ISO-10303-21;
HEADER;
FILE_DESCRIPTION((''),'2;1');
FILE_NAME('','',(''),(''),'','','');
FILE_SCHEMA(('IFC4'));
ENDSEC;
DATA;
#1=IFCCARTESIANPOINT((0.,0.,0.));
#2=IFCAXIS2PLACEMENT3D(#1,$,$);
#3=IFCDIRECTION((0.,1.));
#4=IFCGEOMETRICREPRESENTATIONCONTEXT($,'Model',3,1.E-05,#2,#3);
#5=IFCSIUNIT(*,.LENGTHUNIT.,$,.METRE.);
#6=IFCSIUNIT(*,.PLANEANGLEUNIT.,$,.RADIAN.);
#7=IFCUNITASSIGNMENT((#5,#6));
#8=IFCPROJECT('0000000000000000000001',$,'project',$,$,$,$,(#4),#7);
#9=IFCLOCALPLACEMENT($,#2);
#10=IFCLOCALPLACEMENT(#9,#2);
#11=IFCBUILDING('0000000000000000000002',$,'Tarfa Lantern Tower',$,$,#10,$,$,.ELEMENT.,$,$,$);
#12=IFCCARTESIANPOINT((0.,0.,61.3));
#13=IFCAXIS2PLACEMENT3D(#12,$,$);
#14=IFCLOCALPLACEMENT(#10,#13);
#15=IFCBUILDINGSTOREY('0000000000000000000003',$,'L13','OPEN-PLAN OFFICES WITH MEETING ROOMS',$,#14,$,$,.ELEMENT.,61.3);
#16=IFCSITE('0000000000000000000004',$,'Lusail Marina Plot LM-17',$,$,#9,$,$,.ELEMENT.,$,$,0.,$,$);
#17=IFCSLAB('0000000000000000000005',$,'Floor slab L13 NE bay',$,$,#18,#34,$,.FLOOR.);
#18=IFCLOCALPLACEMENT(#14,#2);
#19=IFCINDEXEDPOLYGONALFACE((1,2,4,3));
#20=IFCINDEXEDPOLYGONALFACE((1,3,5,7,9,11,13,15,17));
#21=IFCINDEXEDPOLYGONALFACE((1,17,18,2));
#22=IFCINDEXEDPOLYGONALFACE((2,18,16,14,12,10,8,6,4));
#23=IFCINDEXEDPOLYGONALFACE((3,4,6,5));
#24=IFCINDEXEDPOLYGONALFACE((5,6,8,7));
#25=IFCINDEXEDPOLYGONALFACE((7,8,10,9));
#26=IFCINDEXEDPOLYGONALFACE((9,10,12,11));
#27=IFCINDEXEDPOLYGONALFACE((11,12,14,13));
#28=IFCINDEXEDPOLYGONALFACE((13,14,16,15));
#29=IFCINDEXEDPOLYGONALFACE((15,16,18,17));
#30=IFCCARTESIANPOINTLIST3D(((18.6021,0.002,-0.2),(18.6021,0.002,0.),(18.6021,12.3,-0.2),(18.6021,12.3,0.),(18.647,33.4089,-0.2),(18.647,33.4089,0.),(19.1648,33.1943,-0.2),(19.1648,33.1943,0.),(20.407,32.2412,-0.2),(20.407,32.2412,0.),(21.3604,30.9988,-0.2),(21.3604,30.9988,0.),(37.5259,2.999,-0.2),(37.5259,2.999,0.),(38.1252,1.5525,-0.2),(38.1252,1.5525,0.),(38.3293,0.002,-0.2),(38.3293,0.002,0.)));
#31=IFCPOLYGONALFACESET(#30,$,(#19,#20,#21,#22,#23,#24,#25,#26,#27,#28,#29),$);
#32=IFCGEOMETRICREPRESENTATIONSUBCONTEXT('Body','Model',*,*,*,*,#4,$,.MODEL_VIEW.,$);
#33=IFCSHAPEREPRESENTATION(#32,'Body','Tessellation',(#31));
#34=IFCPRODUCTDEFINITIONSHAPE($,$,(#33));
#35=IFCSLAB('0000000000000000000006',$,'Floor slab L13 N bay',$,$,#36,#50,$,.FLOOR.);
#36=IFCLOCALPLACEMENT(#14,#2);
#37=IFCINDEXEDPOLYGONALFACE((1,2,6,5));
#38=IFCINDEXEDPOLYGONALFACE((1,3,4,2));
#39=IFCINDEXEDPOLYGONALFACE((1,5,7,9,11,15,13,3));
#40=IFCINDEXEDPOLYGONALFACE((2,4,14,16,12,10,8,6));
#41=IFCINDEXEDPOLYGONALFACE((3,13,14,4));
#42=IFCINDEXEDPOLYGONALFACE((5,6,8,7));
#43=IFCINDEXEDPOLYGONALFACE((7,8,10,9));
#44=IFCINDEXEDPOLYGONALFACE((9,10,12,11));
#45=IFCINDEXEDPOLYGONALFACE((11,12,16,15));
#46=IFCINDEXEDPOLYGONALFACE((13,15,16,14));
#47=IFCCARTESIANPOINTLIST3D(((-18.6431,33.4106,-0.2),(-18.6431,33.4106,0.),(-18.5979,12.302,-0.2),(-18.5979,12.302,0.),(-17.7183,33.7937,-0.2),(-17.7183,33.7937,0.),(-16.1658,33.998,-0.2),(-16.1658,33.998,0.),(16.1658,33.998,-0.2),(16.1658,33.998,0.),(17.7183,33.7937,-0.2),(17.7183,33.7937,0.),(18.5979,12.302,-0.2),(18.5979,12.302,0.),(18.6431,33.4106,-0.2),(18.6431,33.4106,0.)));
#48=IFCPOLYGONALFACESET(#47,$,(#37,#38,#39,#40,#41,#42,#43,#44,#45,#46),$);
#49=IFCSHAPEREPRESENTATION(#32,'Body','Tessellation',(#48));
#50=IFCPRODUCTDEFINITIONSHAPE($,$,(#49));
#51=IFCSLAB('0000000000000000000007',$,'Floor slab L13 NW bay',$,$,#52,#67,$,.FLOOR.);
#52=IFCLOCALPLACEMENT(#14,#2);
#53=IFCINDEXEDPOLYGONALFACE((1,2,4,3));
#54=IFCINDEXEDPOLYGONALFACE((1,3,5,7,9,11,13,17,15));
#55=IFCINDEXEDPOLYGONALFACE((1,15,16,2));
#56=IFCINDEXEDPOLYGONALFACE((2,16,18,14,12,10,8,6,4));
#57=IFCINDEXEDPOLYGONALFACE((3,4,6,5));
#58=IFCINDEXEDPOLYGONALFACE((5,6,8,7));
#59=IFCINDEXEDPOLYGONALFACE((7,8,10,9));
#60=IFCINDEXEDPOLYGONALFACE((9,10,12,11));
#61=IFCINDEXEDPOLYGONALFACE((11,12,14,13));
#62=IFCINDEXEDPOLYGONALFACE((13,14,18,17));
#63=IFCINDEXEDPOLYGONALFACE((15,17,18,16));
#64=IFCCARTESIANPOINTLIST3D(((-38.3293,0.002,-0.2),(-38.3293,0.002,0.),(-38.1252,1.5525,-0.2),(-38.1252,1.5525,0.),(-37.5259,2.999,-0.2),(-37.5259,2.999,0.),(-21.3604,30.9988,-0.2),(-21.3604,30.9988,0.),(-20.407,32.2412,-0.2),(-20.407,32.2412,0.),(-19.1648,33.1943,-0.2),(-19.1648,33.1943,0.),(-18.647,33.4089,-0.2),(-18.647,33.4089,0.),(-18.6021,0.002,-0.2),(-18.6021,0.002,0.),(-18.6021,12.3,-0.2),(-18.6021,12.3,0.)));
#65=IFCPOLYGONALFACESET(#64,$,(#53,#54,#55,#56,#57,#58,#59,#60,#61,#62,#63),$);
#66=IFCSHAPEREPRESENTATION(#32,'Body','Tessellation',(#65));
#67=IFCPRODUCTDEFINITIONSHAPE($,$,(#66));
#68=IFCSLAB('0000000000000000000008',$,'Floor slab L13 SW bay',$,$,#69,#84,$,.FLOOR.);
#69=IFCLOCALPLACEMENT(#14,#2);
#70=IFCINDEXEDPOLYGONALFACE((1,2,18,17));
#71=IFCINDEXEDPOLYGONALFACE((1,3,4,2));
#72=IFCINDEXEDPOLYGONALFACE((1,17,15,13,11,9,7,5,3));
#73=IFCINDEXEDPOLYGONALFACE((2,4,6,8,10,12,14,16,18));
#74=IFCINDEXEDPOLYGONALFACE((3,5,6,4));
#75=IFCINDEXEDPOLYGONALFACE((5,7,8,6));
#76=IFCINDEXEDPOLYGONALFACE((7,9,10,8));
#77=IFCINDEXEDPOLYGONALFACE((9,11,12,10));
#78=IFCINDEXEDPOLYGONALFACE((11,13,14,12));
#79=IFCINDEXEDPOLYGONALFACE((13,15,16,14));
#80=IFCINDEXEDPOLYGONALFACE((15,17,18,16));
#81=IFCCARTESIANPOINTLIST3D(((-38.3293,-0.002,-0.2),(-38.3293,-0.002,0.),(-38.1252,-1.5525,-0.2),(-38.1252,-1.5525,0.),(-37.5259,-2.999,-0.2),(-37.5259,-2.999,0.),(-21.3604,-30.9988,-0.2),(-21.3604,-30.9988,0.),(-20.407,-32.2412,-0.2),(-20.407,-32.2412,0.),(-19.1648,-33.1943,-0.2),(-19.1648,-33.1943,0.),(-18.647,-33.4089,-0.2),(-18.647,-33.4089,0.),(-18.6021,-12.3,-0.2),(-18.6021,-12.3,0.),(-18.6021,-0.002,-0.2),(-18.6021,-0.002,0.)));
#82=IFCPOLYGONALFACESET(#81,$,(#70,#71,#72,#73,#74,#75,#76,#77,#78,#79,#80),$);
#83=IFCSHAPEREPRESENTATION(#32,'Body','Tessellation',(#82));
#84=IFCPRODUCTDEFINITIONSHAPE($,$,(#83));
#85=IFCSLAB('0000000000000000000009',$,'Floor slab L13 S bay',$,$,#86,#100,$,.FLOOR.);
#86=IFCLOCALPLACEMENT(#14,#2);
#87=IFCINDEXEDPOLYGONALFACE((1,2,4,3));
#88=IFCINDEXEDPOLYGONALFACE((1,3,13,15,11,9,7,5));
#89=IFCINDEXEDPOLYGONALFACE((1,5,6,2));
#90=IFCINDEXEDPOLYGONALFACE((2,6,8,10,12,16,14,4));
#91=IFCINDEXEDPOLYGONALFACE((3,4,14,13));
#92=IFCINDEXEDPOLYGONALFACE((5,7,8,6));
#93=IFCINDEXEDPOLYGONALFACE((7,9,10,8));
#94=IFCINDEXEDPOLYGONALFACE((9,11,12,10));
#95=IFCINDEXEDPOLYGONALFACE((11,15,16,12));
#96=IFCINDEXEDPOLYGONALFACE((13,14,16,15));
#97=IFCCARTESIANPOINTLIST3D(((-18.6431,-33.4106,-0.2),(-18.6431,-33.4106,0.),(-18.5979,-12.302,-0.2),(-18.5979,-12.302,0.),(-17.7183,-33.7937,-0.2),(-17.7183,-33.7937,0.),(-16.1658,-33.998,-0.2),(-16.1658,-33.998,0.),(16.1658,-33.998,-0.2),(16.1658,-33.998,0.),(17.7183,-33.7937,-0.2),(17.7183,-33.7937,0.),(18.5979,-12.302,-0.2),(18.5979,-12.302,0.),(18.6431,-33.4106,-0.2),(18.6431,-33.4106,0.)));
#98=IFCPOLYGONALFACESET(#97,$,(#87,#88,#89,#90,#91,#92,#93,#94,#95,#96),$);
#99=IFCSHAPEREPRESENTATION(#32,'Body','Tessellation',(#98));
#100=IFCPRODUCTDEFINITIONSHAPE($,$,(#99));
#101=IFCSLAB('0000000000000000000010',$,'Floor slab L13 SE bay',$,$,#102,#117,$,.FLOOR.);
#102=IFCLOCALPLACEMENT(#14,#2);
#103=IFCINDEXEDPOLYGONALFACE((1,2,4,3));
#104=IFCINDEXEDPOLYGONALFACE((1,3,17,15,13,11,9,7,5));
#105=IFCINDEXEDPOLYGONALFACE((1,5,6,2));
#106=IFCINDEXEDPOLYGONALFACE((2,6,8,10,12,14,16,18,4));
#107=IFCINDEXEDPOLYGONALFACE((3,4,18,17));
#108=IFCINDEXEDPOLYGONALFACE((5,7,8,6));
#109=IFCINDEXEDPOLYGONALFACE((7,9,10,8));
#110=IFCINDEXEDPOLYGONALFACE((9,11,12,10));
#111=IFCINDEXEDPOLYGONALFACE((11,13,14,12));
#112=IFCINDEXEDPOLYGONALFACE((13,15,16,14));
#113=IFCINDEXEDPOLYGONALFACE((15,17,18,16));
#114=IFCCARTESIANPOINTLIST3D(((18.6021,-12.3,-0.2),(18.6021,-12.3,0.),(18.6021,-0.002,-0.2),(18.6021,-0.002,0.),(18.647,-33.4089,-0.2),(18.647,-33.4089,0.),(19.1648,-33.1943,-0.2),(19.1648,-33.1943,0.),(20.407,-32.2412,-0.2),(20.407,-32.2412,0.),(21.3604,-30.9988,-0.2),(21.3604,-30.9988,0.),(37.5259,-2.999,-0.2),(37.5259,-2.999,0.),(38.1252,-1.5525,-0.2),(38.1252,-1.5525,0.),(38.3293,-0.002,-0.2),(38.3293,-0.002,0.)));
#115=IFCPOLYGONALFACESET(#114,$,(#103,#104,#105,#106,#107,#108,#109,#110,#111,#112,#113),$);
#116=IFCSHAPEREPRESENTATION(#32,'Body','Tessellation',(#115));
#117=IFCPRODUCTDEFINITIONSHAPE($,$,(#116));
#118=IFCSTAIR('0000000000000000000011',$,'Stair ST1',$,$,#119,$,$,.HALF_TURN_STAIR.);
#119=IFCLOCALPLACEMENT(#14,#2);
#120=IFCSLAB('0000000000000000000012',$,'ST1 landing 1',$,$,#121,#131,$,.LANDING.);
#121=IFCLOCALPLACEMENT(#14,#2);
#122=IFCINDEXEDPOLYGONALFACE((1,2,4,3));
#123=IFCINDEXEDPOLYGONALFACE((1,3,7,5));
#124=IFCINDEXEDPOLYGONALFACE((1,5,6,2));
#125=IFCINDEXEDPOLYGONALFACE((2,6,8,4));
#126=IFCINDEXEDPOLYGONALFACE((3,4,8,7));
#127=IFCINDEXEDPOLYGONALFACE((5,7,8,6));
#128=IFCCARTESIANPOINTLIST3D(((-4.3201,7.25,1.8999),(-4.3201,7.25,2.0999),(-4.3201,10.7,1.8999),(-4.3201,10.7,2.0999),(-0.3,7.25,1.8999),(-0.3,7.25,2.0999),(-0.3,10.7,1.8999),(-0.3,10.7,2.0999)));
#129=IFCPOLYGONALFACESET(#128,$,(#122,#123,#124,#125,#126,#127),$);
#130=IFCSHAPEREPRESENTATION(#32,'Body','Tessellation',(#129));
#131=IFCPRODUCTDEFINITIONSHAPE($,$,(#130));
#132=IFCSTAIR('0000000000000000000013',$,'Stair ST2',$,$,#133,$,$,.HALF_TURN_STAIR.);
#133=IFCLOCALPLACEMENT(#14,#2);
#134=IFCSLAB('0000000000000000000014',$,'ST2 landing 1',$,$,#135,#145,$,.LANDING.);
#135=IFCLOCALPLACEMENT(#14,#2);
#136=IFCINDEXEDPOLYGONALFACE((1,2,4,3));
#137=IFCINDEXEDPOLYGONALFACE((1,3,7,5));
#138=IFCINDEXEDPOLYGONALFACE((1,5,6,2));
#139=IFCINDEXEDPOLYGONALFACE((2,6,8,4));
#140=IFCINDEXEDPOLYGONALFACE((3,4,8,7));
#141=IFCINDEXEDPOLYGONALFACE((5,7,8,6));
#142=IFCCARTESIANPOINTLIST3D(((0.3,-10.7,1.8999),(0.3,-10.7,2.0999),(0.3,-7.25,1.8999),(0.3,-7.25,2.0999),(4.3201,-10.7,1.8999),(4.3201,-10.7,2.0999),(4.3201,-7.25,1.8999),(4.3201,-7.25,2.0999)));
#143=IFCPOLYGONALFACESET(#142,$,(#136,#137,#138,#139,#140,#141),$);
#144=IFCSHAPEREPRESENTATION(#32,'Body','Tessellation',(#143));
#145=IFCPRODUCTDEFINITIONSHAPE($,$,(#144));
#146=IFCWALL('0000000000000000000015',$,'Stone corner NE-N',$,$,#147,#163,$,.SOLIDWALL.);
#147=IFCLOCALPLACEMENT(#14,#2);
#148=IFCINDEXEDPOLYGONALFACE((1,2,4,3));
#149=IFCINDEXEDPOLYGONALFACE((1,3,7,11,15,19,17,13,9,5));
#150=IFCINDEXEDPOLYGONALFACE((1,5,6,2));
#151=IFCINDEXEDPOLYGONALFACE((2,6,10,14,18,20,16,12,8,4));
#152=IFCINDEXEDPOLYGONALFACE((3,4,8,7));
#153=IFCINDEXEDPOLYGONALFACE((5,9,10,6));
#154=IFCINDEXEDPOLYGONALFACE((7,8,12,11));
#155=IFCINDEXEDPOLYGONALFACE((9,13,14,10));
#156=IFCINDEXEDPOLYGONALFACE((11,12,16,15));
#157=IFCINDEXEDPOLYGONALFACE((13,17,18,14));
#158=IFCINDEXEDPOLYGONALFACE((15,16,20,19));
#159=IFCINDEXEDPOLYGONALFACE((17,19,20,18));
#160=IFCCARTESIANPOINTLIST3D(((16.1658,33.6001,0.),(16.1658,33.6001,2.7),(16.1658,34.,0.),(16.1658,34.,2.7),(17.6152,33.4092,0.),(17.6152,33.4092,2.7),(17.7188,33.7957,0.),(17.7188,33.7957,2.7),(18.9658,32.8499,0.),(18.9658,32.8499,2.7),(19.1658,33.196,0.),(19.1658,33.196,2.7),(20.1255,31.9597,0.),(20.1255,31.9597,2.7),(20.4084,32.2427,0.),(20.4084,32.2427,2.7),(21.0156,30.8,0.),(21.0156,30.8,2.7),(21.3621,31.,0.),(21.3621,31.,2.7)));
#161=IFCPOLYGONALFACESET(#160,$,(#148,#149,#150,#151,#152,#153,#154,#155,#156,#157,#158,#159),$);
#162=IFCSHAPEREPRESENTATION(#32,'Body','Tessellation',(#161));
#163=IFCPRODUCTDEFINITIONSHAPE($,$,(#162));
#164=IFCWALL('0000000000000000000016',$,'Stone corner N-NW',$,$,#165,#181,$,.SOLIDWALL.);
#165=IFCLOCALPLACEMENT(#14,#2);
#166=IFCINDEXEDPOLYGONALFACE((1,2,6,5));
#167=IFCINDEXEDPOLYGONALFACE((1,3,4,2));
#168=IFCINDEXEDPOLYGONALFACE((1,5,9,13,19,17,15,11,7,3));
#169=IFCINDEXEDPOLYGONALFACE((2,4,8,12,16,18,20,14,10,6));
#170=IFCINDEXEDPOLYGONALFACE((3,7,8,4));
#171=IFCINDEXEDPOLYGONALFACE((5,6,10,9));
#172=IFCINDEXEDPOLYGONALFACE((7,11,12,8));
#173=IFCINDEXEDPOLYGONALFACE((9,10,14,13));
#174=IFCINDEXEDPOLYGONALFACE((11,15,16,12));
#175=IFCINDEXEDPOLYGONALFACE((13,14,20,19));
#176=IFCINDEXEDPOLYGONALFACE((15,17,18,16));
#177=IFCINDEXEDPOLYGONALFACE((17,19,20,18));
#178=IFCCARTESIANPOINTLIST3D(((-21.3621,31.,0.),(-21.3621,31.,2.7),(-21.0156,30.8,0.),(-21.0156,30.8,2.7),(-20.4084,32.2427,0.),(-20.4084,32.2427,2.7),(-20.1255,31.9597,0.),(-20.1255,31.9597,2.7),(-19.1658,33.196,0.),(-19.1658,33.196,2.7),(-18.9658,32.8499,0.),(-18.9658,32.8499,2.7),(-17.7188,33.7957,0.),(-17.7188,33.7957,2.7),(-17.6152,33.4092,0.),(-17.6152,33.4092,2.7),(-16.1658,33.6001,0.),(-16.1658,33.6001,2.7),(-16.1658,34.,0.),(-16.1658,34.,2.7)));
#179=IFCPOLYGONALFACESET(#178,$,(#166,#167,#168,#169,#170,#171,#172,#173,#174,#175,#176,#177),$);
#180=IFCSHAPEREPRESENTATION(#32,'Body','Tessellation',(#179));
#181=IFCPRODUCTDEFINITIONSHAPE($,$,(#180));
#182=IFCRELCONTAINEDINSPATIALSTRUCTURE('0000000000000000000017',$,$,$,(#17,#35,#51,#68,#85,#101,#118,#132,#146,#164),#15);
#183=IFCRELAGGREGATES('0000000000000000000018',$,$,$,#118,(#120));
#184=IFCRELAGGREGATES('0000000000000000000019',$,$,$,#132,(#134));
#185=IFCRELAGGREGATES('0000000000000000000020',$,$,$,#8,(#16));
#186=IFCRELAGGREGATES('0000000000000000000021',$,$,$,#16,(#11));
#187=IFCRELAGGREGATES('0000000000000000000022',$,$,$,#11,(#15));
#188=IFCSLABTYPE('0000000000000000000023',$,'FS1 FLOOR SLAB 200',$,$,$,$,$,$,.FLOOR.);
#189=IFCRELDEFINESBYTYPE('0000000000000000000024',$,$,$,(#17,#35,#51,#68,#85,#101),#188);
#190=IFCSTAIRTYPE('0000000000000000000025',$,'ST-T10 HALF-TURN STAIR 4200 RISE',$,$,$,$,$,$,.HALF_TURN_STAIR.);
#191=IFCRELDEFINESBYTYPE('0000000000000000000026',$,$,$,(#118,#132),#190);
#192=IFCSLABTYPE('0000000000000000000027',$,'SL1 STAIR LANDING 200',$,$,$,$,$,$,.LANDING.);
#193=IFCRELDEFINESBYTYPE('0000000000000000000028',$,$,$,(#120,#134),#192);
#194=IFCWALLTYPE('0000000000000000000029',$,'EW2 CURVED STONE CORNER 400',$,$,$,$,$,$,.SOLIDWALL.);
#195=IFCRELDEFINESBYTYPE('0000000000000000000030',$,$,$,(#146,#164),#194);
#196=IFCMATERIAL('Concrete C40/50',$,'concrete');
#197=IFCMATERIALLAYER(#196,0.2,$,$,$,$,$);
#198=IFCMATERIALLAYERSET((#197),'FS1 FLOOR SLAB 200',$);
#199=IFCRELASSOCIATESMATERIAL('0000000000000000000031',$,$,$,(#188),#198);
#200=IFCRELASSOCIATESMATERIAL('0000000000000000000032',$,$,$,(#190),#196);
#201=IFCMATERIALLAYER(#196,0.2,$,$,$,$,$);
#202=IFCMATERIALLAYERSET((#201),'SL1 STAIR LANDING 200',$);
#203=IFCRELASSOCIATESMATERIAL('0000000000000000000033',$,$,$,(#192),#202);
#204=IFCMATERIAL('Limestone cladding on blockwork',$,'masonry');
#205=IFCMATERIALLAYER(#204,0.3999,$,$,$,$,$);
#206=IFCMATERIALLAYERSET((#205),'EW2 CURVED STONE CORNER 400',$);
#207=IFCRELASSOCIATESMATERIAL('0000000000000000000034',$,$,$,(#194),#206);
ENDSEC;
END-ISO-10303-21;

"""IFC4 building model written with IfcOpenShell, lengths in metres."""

from ifc_helpers import new_model, si_unit, direction, frame, origin, place, context, subcontext, project, spatial, polyline, outline, extrude, material, layer, layer_set, type_object, element, aggregate, save


model = new_model("IFC4")

# Units and contexts
model_context = context("Model", 3, precision=1e-05, world=origin(), true_north=direction((0.0, 1.0)))
body_context = subcontext(model_context, "Body", "Model", "MODEL_VIEW")
ifc_project = project(units=[si_unit("LENGTHUNIT", "METRE"), si_unit("PLANEANGLEUNIT", "RADIAN")], contexts=[model_context])

# Site, building, storey
site_placement = place(None, origin())
site = spatial("IfcSite", under=ifc_project, at=site_placement, Name="Lusail Marina Plot LM-17", CompositionType="ELEMENT", RefElevation=0.0)
building_placement = place(site_placement, origin())
building = spatial("IfcBuilding", under=site, at=building_placement, Name="Tarfa Lantern Tower", CompositionType="ELEMENT")
storey_placement = place(building_placement, frame((0.0, 0.0, 61.3)))
storey = spatial("IfcBuildingStorey", under=building, at=storey_placement, Name="L13", Description="OPEN-PLAN OFFICES WITH MEETING ROOMS", CompositionType="ELEMENT", Elevation=61.3)

# Slabs
ifc_material_1 = material(Name="Concrete C40/50", Category="concrete")
ifc_layer_1 = layer(ifc_material_1, 0.2)
ifc_layer_set_1 = layer_set([ifc_layer_1], Name="FS1 FLOOR SLAB 200")
slab_type_1 = type_object("IfcSlabType", Name="FS1 FLOOR SLAB 200", PredefinedType="FLOOR", material=ifc_layer_set_1)
slab_1_placement = place(storey_placement, frame((0.0, 0.0, -0.2)))
element("IfcSlab", 1, at=slab_1_placement, inside=storey, type_object=slab_type_1, Name="Floor slab L13 NE bay", PredefinedType="FLOOR", context=body_context, shape_type="SweptSolid", body=[
    extrude(outline(polyline([(37.5259, 2.999), (21.3604, 30.9988), (20.407, 32.2412), (19.1648, 33.1943), (18.647, 33.4089), (18.6021, 12.3), (18.6021, 0.002), (38.3293, 0.002), (38.1252, 1.5525), (37.5259, 2.999)])), origin(), (0.0, 0.0, 1.0), 0.2),
])
slab_2_placement = place(storey_placement, frame((0.0, 0.0, -0.2)))
element("IfcSlab", 2, at=slab_2_placement, inside=storey, type_object=slab_type_1, Name="Floor slab L13 N bay", PredefinedType="FLOOR", context=body_context, shape_type="SweptSolid", body=[
    extrude(outline(polyline([(-18.5979, 12.302), (18.5979, 12.302), (18.6431, 33.4106), (17.7183, 33.7937), (16.1658, 33.998), (-16.1658, 33.998), (-17.7183, 33.7937), (-18.6431, 33.4106), (-18.5979, 12.302)])), origin(), (0.0, 0.0, 1.0), 0.2),
])
slab_3_placement = place(storey_placement, frame((0.0, 0.0, -0.2)))
element("IfcSlab", 3, at=slab_3_placement, inside=storey, type_object=slab_type_1, Name="Floor slab L13 NW bay", PredefinedType="FLOOR", context=body_context, shape_type="SweptSolid", body=[
    extrude(outline(polyline([(-18.6021, 0.002), (-18.6021, 12.3), (-18.647, 33.4089), (-19.1648, 33.1943), (-20.407, 32.2412), (-21.3604, 30.9988), (-37.5259, 2.999), (-38.1252, 1.5525), (-38.3293, 0.002), (-18.6021, 0.002)])), origin(), (0.0, 0.0, 1.0), 0.2),
])
slab_4_placement = place(storey_placement, frame((0.0, 0.0, -0.2)))
element("IfcSlab", 4, at=slab_4_placement, inside=storey, type_object=slab_type_1, Name="Floor slab L13 SW bay", PredefinedType="FLOOR", context=body_context, shape_type="SweptSolid", body=[
    extrude(outline(polyline([(-18.6021, -12.3), (-18.6021, -0.002), (-38.3293, -0.002), (-38.1252, -1.5525), (-37.5259, -2.999), (-21.3604, -30.9988), (-20.407, -32.2412), (-19.1648, -33.1943), (-18.647, -33.4089), (-18.6021, -12.3)])), origin(), (0.0, 0.0, 1.0), 0.2),
])
slab_5_placement = place(storey_placement, frame((0.0, 0.0, -0.2)))
element("IfcSlab", 5, at=slab_5_placement, inside=storey, type_object=slab_type_1, Name="Floor slab L13 S bay", PredefinedType="FLOOR", context=body_context, shape_type="SweptSolid", body=[
    extrude(outline(polyline([(18.5979, -12.302), (-18.5979, -12.302), (-18.6431, -33.4106), (-17.7183, -33.7937), (-16.1658, -33.998), (16.1658, -33.998), (17.7183, -33.7937), (18.6431, -33.4106), (18.5979, -12.302)])), origin(), (0.0, 0.0, 1.0), 0.2),
])
slab_6_placement = place(storey_placement, frame((0.0, 0.0, -0.2)))
element("IfcSlab", 6, at=slab_6_placement, inside=storey, type_object=slab_type_1, Name="Floor slab L13 SE bay", PredefinedType="FLOOR", context=body_context, shape_type="SweptSolid", body=[
    extrude(outline(polyline([(18.6021, -0.002), (18.6021, -12.3), (18.647, -33.4089), (19.1648, -33.1943), (20.407, -32.2412), (21.3604, -30.9988), (37.5259, -2.999), (38.1252, -1.5525), (38.3293, -0.002), (18.6021, -0.002)])), origin(), (0.0, 0.0, 1.0), 0.2),
])

# Stairs, slabs
stair_type = type_object("IfcStairType", Name="ST-T10 HALF-TURN STAIR 4200 RISE", PredefinedType="HALF_TURN_STAIR", material=ifc_material_1)
stair_1_placement = place(storey_placement, origin())
stair_1 = element("IfcStair", 7, at=stair_1_placement, inside=storey, type_object=stair_type, Name="Stair ST1", PredefinedType="HALF_TURN_STAIR")
ifc_layer_2 = layer(ifc_material_1, 0.2)
ifc_layer_set_2 = layer_set([ifc_layer_2], Name="SL1 STAIR LANDING 200")
slab_type_2 = type_object("IfcSlabType", Name="SL1 STAIR LANDING 200", PredefinedType="LANDING", material=ifc_layer_set_2)
slab_7_placement = place(storey_placement, frame((0.0, 0.0, 1.8999)))
slab_7 = element("IfcSlab", 8, at=slab_7_placement, type_object=slab_type_2, Name="ST1 landing 1", PredefinedType="LANDING", context=body_context, shape_type="SweptSolid", body=[
    extrude(outline(polyline([(-4.3201, 7.25), (-0.3, 7.25), (-0.3, 10.7), (-4.3201, 10.7), (-4.3201, 7.25)])), origin(), (0.0, 0.0, 1.0), 0.2),
])
aggregate(stair_1, [slab_7])
stair_2_placement = place(storey_placement, origin())
stair_2 = element("IfcStair", 9, at=stair_2_placement, inside=storey, type_object=stair_type, Name="Stair ST2", PredefinedType="HALF_TURN_STAIR")
slab_8_placement = place(storey_placement, frame((0.0, 0.0, 1.8999)))
slab_8 = element("IfcSlab", 10, at=slab_8_placement, type_object=slab_type_2, Name="ST2 landing 1", PredefinedType="LANDING", context=body_context, shape_type="SweptSolid", body=[
    extrude(outline(polyline([(4.3201, -7.25), (0.3, -7.25), (0.3, -10.7), (4.3201, -10.7), (4.3201, -7.25)])), origin(), (0.0, 0.0, 1.0), 0.2),
])
aggregate(stair_2, [slab_8])

# Walls
ifc_material_2 = material(Name="Limestone cladding on blockwork", Category="masonry")
ifc_layer_3 = layer(ifc_material_2, 0.3999)
ifc_layer_set_3 = layer_set([ifc_layer_3], Name="EW2 CURVED STONE CORNER 400")
wall_type_1 = type_object("IfcWallType", Name="EW2 CURVED STONE CORNER 400", PredefinedType="SOLIDWALL", material=ifc_layer_set_3)
wall_1_placement = place(storey_placement, origin())
element("IfcWall", 11, at=wall_1_placement, inside=storey, type_object=wall_type_1, Name="Stone corner NE-N", PredefinedType="SOLIDWALL", context=body_context, shape_type="SweptSolid", body=[
    extrude(outline(polyline([(21.3621, 31.0), (20.4084, 32.2427), (19.1658, 33.196), (17.7188, 33.7957), (16.1658, 34.0), (16.1658, 33.6001), (17.6152, 33.4092), (18.9658, 32.8499), (20.1255, 31.9597), (21.0156, 30.8), (21.3621, 31.0)])), origin(), (0.0, 0.0, 1.0), 2.7),
])
wall_2_placement = place(storey_placement, origin())
element("IfcWall", 12, at=wall_2_placement, inside=storey, type_object=wall_type_1, Name="Stone corner N-NW", PredefinedType="SOLIDWALL", context=body_context, shape_type="SweptSolid", body=[
    extrude(outline(polyline([(-16.1658, 34.0), (-17.7188, 33.7957), (-19.1658, 33.196), (-20.4084, 32.2427), (-21.3621, 31.0), (-21.0156, 30.8), (-20.1255, 31.9597), (-18.9658, 32.8499), (-17.6152, 33.4092), (-16.1658, 33.6001), (-16.1658, 34.0)])), origin(), (0.0, 0.0, 1.0), 2.7),
])

save(model, "model.ifc")
